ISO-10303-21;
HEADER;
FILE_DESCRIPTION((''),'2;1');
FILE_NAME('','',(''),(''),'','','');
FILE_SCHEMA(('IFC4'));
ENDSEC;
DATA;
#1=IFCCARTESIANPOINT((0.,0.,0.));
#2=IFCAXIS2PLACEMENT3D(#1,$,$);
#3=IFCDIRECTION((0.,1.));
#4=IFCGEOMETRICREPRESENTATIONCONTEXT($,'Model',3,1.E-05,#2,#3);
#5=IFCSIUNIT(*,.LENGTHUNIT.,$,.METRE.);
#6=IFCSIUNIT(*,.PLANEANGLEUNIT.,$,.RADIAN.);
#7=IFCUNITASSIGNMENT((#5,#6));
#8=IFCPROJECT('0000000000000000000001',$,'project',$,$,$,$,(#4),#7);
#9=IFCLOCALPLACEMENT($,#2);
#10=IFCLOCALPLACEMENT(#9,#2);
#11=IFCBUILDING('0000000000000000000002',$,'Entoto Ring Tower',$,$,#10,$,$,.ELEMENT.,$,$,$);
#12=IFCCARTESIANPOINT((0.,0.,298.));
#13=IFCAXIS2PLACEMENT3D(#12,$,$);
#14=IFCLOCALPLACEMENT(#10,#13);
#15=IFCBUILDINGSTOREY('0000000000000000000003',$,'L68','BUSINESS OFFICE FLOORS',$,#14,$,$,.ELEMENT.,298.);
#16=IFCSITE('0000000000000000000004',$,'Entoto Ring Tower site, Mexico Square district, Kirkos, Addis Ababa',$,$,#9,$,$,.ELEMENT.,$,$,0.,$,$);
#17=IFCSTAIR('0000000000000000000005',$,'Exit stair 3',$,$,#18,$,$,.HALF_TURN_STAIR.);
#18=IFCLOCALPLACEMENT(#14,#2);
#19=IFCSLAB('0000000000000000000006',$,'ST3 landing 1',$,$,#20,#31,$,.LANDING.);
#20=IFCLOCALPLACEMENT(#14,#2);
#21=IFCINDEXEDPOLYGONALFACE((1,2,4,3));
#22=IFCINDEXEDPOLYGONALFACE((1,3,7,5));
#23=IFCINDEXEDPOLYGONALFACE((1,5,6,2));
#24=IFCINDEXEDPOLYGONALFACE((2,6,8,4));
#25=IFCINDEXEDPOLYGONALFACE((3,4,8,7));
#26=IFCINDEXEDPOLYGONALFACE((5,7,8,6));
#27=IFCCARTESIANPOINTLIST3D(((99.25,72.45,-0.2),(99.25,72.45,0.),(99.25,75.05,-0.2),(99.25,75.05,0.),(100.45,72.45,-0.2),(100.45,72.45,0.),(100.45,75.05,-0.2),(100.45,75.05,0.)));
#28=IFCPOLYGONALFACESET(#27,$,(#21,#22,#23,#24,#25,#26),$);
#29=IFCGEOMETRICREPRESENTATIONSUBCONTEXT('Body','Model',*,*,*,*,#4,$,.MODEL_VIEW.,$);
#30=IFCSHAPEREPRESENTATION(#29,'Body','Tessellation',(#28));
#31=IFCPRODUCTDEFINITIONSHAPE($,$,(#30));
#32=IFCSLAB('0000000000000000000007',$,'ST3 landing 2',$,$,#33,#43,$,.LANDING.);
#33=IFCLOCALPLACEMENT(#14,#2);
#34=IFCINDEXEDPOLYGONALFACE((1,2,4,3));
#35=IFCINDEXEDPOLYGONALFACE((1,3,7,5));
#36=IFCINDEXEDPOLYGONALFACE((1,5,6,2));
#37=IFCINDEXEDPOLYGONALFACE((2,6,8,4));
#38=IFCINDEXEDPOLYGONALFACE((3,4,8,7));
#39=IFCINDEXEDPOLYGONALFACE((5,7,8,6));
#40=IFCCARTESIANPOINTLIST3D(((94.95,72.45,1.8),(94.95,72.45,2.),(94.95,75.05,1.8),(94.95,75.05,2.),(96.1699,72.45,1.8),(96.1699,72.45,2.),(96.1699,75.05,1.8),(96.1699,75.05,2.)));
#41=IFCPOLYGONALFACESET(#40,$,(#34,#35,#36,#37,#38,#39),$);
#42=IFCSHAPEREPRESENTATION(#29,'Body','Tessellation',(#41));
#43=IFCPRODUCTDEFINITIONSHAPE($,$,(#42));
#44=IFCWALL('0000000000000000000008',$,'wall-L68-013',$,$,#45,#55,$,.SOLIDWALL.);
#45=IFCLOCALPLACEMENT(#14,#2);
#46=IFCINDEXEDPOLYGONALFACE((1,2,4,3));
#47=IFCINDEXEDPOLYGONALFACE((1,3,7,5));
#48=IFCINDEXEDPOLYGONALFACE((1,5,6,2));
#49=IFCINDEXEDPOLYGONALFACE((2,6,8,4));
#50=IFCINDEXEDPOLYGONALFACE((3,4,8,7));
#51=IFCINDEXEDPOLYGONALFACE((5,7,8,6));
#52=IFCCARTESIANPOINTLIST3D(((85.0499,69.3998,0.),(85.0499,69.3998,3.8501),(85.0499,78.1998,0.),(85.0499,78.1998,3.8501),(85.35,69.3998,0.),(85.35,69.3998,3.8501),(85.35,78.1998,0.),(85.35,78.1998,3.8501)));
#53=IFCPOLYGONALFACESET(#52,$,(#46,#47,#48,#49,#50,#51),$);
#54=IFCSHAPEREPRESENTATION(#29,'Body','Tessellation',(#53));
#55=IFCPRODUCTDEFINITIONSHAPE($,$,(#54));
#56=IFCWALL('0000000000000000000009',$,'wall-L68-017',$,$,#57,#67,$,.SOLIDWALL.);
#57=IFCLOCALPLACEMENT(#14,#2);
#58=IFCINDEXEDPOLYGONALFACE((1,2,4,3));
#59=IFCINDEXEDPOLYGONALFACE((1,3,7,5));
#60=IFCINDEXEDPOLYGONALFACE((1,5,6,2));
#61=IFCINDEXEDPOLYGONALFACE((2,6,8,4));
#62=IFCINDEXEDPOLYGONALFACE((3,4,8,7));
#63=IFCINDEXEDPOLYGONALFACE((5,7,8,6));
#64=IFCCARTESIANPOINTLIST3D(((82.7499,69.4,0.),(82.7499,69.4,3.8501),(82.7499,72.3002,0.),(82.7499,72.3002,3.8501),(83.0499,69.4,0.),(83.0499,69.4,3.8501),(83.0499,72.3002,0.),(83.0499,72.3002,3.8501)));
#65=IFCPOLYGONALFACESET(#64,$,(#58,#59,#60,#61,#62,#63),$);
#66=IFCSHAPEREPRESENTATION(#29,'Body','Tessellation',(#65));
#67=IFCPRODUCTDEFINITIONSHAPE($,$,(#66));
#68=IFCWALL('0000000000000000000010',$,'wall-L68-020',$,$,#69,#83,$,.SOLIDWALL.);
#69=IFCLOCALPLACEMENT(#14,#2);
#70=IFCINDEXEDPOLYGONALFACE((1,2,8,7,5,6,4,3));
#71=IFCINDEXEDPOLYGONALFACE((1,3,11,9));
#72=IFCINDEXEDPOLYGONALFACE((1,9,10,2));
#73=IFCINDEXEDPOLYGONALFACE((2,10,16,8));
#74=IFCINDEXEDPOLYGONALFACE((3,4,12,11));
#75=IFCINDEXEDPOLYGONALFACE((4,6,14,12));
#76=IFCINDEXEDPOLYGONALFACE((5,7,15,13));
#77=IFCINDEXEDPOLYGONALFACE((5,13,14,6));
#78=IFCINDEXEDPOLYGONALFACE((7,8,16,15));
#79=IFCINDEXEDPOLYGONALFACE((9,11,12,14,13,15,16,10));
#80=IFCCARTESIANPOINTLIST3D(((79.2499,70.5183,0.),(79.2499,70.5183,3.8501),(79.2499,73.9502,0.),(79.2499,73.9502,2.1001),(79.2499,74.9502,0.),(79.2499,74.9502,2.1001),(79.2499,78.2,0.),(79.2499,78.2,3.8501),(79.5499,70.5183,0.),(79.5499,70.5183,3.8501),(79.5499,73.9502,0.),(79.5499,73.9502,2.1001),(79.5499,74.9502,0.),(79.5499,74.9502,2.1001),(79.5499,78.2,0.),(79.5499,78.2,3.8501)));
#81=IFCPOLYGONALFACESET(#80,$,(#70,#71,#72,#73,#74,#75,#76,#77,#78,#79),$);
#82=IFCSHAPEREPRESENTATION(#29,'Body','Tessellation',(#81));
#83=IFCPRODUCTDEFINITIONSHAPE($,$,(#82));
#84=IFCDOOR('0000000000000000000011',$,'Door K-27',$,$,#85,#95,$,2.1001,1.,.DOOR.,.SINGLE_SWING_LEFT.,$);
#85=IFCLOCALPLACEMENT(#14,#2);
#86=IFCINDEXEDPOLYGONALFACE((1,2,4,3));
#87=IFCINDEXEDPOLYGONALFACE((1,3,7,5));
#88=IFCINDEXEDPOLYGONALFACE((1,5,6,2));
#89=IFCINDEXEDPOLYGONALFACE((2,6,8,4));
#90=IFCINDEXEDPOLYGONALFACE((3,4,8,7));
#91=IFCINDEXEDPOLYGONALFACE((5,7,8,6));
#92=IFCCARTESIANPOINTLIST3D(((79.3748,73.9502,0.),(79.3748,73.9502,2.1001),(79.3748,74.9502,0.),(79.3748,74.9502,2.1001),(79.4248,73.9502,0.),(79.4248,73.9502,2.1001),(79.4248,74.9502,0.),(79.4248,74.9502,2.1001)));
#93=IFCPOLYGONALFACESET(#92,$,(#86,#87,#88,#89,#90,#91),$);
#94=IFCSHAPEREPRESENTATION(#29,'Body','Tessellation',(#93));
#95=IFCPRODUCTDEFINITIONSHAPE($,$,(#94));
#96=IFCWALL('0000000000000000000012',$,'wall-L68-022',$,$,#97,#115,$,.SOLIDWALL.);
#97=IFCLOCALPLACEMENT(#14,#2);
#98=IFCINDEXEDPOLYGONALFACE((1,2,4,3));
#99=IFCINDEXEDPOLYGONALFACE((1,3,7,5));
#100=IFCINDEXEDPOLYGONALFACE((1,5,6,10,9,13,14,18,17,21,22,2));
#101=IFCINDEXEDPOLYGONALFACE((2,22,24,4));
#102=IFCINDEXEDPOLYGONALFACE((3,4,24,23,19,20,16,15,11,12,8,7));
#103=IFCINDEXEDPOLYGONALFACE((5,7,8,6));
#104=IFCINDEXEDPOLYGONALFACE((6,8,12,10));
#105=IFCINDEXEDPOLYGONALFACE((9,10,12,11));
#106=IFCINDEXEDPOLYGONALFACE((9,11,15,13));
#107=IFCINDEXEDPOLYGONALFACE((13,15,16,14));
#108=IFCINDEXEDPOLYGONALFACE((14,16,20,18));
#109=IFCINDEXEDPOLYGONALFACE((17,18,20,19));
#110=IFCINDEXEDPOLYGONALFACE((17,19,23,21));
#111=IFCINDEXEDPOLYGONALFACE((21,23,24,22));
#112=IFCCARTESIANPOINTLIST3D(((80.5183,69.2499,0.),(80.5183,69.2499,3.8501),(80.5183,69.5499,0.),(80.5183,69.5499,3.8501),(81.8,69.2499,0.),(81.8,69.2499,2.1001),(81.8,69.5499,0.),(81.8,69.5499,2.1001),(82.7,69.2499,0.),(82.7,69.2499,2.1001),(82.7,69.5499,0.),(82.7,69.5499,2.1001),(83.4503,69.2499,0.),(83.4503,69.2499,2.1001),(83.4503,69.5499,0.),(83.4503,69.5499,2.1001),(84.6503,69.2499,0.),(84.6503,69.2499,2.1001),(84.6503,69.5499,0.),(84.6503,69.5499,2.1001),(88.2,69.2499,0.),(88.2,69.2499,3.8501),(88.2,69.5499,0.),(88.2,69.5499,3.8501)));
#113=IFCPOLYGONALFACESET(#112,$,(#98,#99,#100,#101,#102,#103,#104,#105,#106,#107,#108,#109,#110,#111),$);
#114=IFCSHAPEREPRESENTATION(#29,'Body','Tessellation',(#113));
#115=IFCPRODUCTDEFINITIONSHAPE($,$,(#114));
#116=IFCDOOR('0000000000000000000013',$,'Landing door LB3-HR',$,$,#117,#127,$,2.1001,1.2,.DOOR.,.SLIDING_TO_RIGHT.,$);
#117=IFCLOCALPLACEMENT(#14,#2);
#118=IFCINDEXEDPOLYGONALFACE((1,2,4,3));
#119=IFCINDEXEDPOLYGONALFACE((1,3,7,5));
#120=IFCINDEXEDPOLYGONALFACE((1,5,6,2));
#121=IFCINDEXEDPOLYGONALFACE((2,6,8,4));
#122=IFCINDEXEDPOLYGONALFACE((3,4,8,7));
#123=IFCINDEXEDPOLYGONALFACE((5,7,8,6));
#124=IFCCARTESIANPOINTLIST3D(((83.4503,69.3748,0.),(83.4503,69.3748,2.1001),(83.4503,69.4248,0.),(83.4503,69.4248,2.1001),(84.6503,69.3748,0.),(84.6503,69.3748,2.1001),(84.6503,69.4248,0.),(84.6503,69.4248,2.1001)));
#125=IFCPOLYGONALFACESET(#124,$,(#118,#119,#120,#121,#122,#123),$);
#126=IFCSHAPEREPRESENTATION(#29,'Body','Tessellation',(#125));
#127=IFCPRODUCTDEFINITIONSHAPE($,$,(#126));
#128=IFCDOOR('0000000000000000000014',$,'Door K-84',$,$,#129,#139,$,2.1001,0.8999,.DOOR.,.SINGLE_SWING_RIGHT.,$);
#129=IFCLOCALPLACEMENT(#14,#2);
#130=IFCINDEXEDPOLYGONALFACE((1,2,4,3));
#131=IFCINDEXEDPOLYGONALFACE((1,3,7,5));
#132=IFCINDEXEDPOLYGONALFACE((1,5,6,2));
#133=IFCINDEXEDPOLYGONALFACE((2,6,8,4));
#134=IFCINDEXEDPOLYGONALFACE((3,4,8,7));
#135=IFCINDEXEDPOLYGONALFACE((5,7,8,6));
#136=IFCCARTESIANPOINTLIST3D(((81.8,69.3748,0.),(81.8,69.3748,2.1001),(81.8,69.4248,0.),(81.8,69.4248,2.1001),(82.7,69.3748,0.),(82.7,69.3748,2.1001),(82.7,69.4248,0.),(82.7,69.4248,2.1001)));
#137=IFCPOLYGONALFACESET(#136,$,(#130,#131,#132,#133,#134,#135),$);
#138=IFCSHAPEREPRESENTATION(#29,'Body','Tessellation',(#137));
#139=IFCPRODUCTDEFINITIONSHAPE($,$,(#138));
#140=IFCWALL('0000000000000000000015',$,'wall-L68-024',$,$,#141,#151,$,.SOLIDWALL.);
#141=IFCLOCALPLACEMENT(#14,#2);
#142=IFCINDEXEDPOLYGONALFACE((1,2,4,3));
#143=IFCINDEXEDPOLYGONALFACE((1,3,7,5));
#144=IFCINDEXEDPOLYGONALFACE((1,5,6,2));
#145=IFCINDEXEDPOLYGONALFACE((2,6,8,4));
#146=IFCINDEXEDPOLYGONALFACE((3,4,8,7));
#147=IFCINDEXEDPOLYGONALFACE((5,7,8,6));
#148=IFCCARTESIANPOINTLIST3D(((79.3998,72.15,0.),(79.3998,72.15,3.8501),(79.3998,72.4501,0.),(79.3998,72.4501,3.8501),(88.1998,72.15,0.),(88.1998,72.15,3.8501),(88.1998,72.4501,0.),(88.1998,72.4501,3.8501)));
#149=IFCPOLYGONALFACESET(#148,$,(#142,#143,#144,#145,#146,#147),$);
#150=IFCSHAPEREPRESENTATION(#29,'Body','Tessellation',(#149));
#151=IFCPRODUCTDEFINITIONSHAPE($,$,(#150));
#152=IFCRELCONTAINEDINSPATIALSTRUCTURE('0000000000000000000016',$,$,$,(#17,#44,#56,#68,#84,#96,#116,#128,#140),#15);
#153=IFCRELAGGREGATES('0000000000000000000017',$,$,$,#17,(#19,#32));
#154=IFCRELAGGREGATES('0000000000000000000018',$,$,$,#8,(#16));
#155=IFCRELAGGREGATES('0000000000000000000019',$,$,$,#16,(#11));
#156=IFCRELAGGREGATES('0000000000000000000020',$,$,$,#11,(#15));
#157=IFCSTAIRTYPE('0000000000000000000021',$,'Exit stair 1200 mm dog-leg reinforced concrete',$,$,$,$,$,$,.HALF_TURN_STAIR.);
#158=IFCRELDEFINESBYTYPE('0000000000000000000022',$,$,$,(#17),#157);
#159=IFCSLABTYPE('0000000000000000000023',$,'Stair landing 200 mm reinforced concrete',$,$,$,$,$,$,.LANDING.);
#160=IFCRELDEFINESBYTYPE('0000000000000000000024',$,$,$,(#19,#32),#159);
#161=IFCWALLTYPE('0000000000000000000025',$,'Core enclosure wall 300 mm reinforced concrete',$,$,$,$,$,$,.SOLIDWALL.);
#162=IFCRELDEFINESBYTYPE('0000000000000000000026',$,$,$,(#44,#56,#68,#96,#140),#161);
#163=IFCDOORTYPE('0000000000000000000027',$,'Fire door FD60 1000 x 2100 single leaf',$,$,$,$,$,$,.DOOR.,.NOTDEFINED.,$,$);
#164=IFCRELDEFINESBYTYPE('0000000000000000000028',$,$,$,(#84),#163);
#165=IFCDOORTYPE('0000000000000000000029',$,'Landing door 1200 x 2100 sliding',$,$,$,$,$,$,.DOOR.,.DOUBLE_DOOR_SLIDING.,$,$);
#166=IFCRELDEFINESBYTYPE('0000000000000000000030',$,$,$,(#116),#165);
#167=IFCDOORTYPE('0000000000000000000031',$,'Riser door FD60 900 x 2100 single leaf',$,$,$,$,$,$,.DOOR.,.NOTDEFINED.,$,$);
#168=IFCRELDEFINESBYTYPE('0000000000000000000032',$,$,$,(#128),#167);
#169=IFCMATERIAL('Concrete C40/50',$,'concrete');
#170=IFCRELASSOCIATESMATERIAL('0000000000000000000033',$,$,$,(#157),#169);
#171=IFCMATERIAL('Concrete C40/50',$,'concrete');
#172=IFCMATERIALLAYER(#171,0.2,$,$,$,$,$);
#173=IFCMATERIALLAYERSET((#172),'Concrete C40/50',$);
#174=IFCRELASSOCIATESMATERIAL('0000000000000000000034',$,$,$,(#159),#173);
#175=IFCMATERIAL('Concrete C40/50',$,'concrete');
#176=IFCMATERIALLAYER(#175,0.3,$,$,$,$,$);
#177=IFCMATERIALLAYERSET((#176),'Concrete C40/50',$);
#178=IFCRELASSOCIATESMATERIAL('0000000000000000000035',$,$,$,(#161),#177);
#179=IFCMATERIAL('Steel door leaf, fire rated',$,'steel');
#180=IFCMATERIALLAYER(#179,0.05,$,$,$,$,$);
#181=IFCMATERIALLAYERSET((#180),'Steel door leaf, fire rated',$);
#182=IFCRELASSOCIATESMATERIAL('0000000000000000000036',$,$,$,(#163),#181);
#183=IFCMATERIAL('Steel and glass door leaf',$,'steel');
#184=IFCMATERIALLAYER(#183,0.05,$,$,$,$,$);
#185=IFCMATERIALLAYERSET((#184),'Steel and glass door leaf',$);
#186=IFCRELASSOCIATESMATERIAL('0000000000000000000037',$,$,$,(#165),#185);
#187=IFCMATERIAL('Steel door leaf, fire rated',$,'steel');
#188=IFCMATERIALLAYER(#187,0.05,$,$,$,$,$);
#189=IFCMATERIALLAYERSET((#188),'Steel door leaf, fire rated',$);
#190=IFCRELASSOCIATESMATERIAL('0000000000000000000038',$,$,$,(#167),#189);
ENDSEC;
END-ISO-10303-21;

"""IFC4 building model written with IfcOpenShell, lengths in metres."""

from ifc_helpers import new_model, si_unit, direction, frame, frame_2d, origin, place, context, subcontext, project, spatial, polyline, rectangle, outline, extrude, material, layer, layer_set, type_object, element, fill, aggregate, save


model = new_model("IFC4")

# Units and contexts
model_context = context("Model", 3, precision=1e-05, world=origin(), true_north=direction((0.0, 1.0)))
body_context = subcontext(model_context, "Body", "Model", "MODEL_VIEW")
ifc_project = project(units=[si_unit("LENGTHUNIT", "METRE"), si_unit("PLANEANGLEUNIT", "RADIAN")], contexts=[model_context])

# Site, building, storey
site_placement = place(None, origin())
site = spatial("IfcSite", under=ifc_project, at=site_placement, Name="Entoto Ring Tower site, Mexico Square district, Kirkos, Addis Ababa", CompositionType="ELEMENT", RefElevation=0.0)
building_placement = place(site_placement, origin())
building = spatial("IfcBuilding", under=site, at=building_placement, Name="Entoto Ring Tower", CompositionType="ELEMENT")
storey_placement = place(building_placement, frame((0.0, 0.0, 298.0)))
storey = spatial("IfcBuildingStorey", under=building, at=storey_placement, Name="L68", Description="BUSINESS OFFICE FLOORS", CompositionType="ELEMENT", Elevation=298.0)

# Shared definitions
ifc_material_1 = material(Name="Concrete C40/50", Category="concrete")
stair_type = type_object("IfcStairType", Name="Exit stair 1200 mm dog-leg reinforced concrete", PredefinedType="HALF_TURN_STAIR", material=ifc_material_1)
ifc_material_2 = material(Name="Concrete C40/50", Category="concrete")
ifc_layer_1 = layer(ifc_material_2, 0.2)
ifc_layer_set_1 = layer_set([ifc_layer_1], Name="Concrete C40/50")
slab_type_1 = type_object("IfcSlabType", Name="Stair landing 200 mm reinforced concrete", PredefinedType="LANDING", material=ifc_layer_set_1)

# Stair, slabs
stair_1_placement = place(storey_placement, origin())
stair_1 = element("IfcStair", 1, at=stair_1_placement, inside=storey, type_object=stair_type, Name="Exit stair 3", PredefinedType="HALF_TURN_STAIR")
slab_1_placement = place(storey_placement, frame((0.0, 0.0, -0.2)))
slab_1 = element("IfcSlab", 2, at=slab_1_placement, type_object=slab_type_1, Name="ST3 landing 1", PredefinedType="LANDING", context=body_context, shape_type="SweptSolid", body=[
    extrude(outline(polyline([(100.45, 72.45), (100.45, 75.05), (99.25, 75.05), (99.25, 72.45), (100.45, 72.45)])), origin(), (0.0, 0.0, 1.0), 0.2),
])
slab_2_placement = place(storey_placement, frame((0.0, 0.0, 1.8)))
slab_2 = element("IfcSlab", 3, at=slab_2_placement, type_object=slab_type_1, Name="ST3 landing 2", PredefinedType="LANDING", context=body_context, shape_type="SweptSolid", body=[
    extrude(outline(polyline([(94.95, 72.45), (96.1699, 72.45), (96.1699, 75.05), (94.95, 75.05), (94.95, 72.45)])), origin(), (0.0, 0.0, 1.0), 0.2),
])
aggregate(stair_1, [slab_1, slab_2])

# Walls
ifc_material_3 = material(Name="Concrete C40/50", Category="concrete")
ifc_layer_2 = layer(ifc_material_3, 0.3)
ifc_layer_set_2 = layer_set([ifc_layer_2], Name="Concrete C40/50")
wall_type_1 = type_object("IfcWallType", Name="Core enclosure wall 300 mm reinforced concrete", PredefinedType="SOLIDWALL", material=ifc_layer_set_2)
wall_1_placement = place(storey_placement, frame((85.2, 69.3999, 0.0), z_axis=(0.0, 0.0, 1.0), x_axis=(0.0, 1.0, 0.0)))
element("IfcWall", 4, at=wall_1_placement, inside=storey, type_object=wall_type_1, Name="wall-L68-013", PredefinedType="SOLIDWALL", context=body_context, shape_type="SweptSolid", body=[
    extrude(rectangle(XDim=8.8, YDim=0.3, at=frame_2d((4.3999, 0.0))), origin(), (0.0, 0.0, 1.0), 3.8501),
])
wall_2_placement = place(storey_placement, frame((82.8999, 69.3999, 0.0), z_axis=(0.0, 0.0, 1.0), x_axis=(0.0, 1.0, 0.0)))
element("IfcWall", 5, at=wall_2_placement, inside=storey, type_object=wall_type_1, Name="wall-L68-017", PredefinedType="SOLIDWALL", context=body_context, shape_type="SweptSolid", body=[
    extrude(rectangle(XDim=2.9001, YDim=0.3, at=frame_2d((1.4502, 0.0))), origin(), (0.0, 0.0, 1.0), 3.8501),
])

# Wall, opening, door
wall_3_placement = place(storey_placement, frame((79.3999, 70.5183, 0.0), z_axis=(0.0, 0.0, 1.0), x_axis=(0.0, 1.0, 0.0)))
wall_3 = element("IfcWall", 6, at=wall_3_placement, inside=storey, type_object=wall_type_1, Name="wall-L68-020", PredefinedType="SOLIDWALL", context=body_context, shape_type="SweptSolid", body=[
    extrude(rectangle(XDim=7.6816, YDim=0.3, at=frame_2d((3.8408, 0.0))), origin(), (0.0, 0.0, 1.0), 3.8501),
])
opening_1_placement = place(wall_3_placement, frame((3.4319, 0.0, 0.0)))
opening_1 = element("IfcOpeningElement", 7, at=opening_1_placement, cuts=wall_3, PredefinedType="OPENING", context=body_context, shape_type="SweptSolid", body=[
    extrude(rectangle(XDim=1.0, YDim=2.1001, at=frame_2d((0.5, 1.05))), frame((0.0, 0.1602, 0.0), z_axis=(0.0, -1.0, 0.0), x_axis=(1.0, 0.0, 0.0)), (0.0, 0.0, 1.0), 0.3201),
])
ifc_material_4 = material(Name="Steel door leaf, fire rated", Category="steel")
ifc_layer_3 = layer(ifc_material_4, 0.05)
ifc_layer_set_3 = layer_set([ifc_layer_3], Name="Steel door leaf, fire rated")
door_type_1 = type_object("IfcDoorType", Name="Fire door FD60 1000 x 2100 single leaf", OperationType="NOTDEFINED", PredefinedType="DOOR", material=ifc_layer_set_3)
door_1_placement = place(opening_1_placement, frame((1.0, 0.0, 0.0), z_axis=(0.0, 0.0, 1.0), x_axis=(-1.0, 0.0, 0.0)))
door_1 = element("IfcDoor", 8, at=door_1_placement, inside=storey, type_object=door_type_1, Name="Door K-27", OperationType="SINGLE_SWING_LEFT", OverallHeight=2.1001, OverallWidth=1.0, PredefinedType="DOOR", context=body_context, shape_type="SweptSolid", body=[
    extrude(rectangle(XDim=1.0, YDim=2.1001, at=frame_2d((0.5, 1.05))), frame((0.0, 0.0249, 0.0), z_axis=(0.0, -1.0, 0.0), x_axis=(1.0, 0.0, 0.0)), (0.0, 0.0, 1.0), 0.05),
])
fill(opening_1, door_1)

# Wall, openings, doors
wall_4_placement = place(storey_placement, frame((80.5183, 69.3999, 0.0), z_axis=(0.0, 0.0, 1.0), x_axis=(1.0, 0.0, 0.0)))
wall_4 = element("IfcWall", 9, at=wall_4_placement, inside=storey, type_object=wall_type_1, Name="wall-L68-022", PredefinedType="SOLIDWALL", context=body_context, shape_type="SweptSolid", body=[
    extrude(rectangle(XDim=7.6816, YDim=0.3, at=frame_2d((3.8408, 0.0))), origin(), (0.0, 0.0, 1.0), 3.8501),
])
opening_2_placement = place(wall_4_placement, frame((2.9319, 0.0, 0.0)))
opening_2 = element("IfcOpeningElement", 10, at=opening_2_placement, cuts=wall_4, PredefinedType="OPENING", context=body_context, shape_type="SweptSolid", body=[
    extrude(rectangle(XDim=1.2, YDim=2.1001, at=frame_2d((0.6001, 1.05))), frame((0.0, 0.1602, 0.0), z_axis=(0.0, -1.0, 0.0), x_axis=(1.0, 0.0, 0.0)), (0.0, 0.0, 1.0), 0.3201),
])
opening_3_placement = place(wall_4_placement, frame((1.2817, 0.0, 0.0)))
opening_3 = element("IfcOpeningElement", 11, at=opening_3_placement, cuts=wall_4, PredefinedType="OPENING", context=body_context, shape_type="SweptSolid", body=[
    extrude(rectangle(XDim=0.8999, YDim=2.1001, at=frame_2d((0.45, 1.05))), frame((0.0, 0.1602, 0.0), z_axis=(0.0, -1.0, 0.0), x_axis=(1.0, 0.0, 0.0)), (0.0, 0.0, 1.0), 0.3201),
])
ifc_material_5 = material(Name="Steel and glass door leaf", Category="steel")
ifc_layer_4 = layer(ifc_material_5, 0.05)
ifc_layer_set_4 = layer_set([ifc_layer_4], Name="Steel and glass door leaf")
door_type_2 = type_object("IfcDoorType", Name="Landing door 1200 x 2100 sliding", OperationType="DOUBLE_DOOR_SLIDING", PredefinedType="DOOR", material=ifc_layer_set_4)
door_2_placement = place(opening_2_placement, origin())
door_2 = element("IfcDoor", 12, at=door_2_placement, inside=storey, type_object=door_type_2, Name="Landing door LB3-HR", OperationType="SLIDING_TO_RIGHT", OverallHeight=2.1001, OverallWidth=1.2, PredefinedType="DOOR", context=body_context, shape_type="SweptSolid", body=[
    extrude(rectangle(XDim=1.2, YDim=2.1001, at=frame_2d((0.6001, 1.05))), frame((0.0, 0.0249, 0.0), z_axis=(0.0, -1.0, 0.0), x_axis=(1.0, 0.0, 0.0)), (0.0, 0.0, 1.0), 0.05),
])
fill(opening_2, door_2)
ifc_material_6 = material(Name="Steel door leaf, fire rated", Category="steel")
ifc_layer_5 = layer(ifc_material_6, 0.05)
ifc_layer_set_5 = layer_set([ifc_layer_5], Name="Steel door leaf, fire rated")
door_type_3 = type_object("IfcDoorType", Name="Riser door FD60 900 x 2100 single leaf", OperationType="NOTDEFINED", PredefinedType="DOOR", material=ifc_layer_set_5)
door_3_placement = place(opening_3_placement, origin())
door_3 = element("IfcDoor", 13, at=door_3_placement, inside=storey, type_object=door_type_3, Name="Door K-84", OperationType="SINGLE_SWING_RIGHT", OverallHeight=2.1001, OverallWidth=0.8999, PredefinedType="DOOR", context=body_context, shape_type="SweptSolid", body=[
    extrude(rectangle(XDim=0.8999, YDim=2.1001, at=frame_2d((0.45, 1.05))), frame((0.0, 0.0249, 0.0), z_axis=(0.0, -1.0, 0.0), x_axis=(1.0, 0.0, 0.0)), (0.0, 0.0, 1.0), 0.05),
])
fill(opening_3, door_3)

# Wall
wall_5_placement = place(storey_placement, frame((79.3999, 72.3, 0.0), z_axis=(0.0, 0.0, 1.0), x_axis=(1.0, 0.0, 0.0)))
element("IfcWall", 14, at=wall_5_placement, inside=storey, type_object=wall_type_1, Name="wall-L68-024", PredefinedType="SOLIDWALL", context=body_context, shape_type="SweptSolid", body=[
    extrude(rectangle(XDim=8.8, YDim=0.3, at=frame_2d((4.3999, 0.0))), origin(), (0.0, 0.0, 1.0), 3.8501),
])

save(model, "model.ifc")
